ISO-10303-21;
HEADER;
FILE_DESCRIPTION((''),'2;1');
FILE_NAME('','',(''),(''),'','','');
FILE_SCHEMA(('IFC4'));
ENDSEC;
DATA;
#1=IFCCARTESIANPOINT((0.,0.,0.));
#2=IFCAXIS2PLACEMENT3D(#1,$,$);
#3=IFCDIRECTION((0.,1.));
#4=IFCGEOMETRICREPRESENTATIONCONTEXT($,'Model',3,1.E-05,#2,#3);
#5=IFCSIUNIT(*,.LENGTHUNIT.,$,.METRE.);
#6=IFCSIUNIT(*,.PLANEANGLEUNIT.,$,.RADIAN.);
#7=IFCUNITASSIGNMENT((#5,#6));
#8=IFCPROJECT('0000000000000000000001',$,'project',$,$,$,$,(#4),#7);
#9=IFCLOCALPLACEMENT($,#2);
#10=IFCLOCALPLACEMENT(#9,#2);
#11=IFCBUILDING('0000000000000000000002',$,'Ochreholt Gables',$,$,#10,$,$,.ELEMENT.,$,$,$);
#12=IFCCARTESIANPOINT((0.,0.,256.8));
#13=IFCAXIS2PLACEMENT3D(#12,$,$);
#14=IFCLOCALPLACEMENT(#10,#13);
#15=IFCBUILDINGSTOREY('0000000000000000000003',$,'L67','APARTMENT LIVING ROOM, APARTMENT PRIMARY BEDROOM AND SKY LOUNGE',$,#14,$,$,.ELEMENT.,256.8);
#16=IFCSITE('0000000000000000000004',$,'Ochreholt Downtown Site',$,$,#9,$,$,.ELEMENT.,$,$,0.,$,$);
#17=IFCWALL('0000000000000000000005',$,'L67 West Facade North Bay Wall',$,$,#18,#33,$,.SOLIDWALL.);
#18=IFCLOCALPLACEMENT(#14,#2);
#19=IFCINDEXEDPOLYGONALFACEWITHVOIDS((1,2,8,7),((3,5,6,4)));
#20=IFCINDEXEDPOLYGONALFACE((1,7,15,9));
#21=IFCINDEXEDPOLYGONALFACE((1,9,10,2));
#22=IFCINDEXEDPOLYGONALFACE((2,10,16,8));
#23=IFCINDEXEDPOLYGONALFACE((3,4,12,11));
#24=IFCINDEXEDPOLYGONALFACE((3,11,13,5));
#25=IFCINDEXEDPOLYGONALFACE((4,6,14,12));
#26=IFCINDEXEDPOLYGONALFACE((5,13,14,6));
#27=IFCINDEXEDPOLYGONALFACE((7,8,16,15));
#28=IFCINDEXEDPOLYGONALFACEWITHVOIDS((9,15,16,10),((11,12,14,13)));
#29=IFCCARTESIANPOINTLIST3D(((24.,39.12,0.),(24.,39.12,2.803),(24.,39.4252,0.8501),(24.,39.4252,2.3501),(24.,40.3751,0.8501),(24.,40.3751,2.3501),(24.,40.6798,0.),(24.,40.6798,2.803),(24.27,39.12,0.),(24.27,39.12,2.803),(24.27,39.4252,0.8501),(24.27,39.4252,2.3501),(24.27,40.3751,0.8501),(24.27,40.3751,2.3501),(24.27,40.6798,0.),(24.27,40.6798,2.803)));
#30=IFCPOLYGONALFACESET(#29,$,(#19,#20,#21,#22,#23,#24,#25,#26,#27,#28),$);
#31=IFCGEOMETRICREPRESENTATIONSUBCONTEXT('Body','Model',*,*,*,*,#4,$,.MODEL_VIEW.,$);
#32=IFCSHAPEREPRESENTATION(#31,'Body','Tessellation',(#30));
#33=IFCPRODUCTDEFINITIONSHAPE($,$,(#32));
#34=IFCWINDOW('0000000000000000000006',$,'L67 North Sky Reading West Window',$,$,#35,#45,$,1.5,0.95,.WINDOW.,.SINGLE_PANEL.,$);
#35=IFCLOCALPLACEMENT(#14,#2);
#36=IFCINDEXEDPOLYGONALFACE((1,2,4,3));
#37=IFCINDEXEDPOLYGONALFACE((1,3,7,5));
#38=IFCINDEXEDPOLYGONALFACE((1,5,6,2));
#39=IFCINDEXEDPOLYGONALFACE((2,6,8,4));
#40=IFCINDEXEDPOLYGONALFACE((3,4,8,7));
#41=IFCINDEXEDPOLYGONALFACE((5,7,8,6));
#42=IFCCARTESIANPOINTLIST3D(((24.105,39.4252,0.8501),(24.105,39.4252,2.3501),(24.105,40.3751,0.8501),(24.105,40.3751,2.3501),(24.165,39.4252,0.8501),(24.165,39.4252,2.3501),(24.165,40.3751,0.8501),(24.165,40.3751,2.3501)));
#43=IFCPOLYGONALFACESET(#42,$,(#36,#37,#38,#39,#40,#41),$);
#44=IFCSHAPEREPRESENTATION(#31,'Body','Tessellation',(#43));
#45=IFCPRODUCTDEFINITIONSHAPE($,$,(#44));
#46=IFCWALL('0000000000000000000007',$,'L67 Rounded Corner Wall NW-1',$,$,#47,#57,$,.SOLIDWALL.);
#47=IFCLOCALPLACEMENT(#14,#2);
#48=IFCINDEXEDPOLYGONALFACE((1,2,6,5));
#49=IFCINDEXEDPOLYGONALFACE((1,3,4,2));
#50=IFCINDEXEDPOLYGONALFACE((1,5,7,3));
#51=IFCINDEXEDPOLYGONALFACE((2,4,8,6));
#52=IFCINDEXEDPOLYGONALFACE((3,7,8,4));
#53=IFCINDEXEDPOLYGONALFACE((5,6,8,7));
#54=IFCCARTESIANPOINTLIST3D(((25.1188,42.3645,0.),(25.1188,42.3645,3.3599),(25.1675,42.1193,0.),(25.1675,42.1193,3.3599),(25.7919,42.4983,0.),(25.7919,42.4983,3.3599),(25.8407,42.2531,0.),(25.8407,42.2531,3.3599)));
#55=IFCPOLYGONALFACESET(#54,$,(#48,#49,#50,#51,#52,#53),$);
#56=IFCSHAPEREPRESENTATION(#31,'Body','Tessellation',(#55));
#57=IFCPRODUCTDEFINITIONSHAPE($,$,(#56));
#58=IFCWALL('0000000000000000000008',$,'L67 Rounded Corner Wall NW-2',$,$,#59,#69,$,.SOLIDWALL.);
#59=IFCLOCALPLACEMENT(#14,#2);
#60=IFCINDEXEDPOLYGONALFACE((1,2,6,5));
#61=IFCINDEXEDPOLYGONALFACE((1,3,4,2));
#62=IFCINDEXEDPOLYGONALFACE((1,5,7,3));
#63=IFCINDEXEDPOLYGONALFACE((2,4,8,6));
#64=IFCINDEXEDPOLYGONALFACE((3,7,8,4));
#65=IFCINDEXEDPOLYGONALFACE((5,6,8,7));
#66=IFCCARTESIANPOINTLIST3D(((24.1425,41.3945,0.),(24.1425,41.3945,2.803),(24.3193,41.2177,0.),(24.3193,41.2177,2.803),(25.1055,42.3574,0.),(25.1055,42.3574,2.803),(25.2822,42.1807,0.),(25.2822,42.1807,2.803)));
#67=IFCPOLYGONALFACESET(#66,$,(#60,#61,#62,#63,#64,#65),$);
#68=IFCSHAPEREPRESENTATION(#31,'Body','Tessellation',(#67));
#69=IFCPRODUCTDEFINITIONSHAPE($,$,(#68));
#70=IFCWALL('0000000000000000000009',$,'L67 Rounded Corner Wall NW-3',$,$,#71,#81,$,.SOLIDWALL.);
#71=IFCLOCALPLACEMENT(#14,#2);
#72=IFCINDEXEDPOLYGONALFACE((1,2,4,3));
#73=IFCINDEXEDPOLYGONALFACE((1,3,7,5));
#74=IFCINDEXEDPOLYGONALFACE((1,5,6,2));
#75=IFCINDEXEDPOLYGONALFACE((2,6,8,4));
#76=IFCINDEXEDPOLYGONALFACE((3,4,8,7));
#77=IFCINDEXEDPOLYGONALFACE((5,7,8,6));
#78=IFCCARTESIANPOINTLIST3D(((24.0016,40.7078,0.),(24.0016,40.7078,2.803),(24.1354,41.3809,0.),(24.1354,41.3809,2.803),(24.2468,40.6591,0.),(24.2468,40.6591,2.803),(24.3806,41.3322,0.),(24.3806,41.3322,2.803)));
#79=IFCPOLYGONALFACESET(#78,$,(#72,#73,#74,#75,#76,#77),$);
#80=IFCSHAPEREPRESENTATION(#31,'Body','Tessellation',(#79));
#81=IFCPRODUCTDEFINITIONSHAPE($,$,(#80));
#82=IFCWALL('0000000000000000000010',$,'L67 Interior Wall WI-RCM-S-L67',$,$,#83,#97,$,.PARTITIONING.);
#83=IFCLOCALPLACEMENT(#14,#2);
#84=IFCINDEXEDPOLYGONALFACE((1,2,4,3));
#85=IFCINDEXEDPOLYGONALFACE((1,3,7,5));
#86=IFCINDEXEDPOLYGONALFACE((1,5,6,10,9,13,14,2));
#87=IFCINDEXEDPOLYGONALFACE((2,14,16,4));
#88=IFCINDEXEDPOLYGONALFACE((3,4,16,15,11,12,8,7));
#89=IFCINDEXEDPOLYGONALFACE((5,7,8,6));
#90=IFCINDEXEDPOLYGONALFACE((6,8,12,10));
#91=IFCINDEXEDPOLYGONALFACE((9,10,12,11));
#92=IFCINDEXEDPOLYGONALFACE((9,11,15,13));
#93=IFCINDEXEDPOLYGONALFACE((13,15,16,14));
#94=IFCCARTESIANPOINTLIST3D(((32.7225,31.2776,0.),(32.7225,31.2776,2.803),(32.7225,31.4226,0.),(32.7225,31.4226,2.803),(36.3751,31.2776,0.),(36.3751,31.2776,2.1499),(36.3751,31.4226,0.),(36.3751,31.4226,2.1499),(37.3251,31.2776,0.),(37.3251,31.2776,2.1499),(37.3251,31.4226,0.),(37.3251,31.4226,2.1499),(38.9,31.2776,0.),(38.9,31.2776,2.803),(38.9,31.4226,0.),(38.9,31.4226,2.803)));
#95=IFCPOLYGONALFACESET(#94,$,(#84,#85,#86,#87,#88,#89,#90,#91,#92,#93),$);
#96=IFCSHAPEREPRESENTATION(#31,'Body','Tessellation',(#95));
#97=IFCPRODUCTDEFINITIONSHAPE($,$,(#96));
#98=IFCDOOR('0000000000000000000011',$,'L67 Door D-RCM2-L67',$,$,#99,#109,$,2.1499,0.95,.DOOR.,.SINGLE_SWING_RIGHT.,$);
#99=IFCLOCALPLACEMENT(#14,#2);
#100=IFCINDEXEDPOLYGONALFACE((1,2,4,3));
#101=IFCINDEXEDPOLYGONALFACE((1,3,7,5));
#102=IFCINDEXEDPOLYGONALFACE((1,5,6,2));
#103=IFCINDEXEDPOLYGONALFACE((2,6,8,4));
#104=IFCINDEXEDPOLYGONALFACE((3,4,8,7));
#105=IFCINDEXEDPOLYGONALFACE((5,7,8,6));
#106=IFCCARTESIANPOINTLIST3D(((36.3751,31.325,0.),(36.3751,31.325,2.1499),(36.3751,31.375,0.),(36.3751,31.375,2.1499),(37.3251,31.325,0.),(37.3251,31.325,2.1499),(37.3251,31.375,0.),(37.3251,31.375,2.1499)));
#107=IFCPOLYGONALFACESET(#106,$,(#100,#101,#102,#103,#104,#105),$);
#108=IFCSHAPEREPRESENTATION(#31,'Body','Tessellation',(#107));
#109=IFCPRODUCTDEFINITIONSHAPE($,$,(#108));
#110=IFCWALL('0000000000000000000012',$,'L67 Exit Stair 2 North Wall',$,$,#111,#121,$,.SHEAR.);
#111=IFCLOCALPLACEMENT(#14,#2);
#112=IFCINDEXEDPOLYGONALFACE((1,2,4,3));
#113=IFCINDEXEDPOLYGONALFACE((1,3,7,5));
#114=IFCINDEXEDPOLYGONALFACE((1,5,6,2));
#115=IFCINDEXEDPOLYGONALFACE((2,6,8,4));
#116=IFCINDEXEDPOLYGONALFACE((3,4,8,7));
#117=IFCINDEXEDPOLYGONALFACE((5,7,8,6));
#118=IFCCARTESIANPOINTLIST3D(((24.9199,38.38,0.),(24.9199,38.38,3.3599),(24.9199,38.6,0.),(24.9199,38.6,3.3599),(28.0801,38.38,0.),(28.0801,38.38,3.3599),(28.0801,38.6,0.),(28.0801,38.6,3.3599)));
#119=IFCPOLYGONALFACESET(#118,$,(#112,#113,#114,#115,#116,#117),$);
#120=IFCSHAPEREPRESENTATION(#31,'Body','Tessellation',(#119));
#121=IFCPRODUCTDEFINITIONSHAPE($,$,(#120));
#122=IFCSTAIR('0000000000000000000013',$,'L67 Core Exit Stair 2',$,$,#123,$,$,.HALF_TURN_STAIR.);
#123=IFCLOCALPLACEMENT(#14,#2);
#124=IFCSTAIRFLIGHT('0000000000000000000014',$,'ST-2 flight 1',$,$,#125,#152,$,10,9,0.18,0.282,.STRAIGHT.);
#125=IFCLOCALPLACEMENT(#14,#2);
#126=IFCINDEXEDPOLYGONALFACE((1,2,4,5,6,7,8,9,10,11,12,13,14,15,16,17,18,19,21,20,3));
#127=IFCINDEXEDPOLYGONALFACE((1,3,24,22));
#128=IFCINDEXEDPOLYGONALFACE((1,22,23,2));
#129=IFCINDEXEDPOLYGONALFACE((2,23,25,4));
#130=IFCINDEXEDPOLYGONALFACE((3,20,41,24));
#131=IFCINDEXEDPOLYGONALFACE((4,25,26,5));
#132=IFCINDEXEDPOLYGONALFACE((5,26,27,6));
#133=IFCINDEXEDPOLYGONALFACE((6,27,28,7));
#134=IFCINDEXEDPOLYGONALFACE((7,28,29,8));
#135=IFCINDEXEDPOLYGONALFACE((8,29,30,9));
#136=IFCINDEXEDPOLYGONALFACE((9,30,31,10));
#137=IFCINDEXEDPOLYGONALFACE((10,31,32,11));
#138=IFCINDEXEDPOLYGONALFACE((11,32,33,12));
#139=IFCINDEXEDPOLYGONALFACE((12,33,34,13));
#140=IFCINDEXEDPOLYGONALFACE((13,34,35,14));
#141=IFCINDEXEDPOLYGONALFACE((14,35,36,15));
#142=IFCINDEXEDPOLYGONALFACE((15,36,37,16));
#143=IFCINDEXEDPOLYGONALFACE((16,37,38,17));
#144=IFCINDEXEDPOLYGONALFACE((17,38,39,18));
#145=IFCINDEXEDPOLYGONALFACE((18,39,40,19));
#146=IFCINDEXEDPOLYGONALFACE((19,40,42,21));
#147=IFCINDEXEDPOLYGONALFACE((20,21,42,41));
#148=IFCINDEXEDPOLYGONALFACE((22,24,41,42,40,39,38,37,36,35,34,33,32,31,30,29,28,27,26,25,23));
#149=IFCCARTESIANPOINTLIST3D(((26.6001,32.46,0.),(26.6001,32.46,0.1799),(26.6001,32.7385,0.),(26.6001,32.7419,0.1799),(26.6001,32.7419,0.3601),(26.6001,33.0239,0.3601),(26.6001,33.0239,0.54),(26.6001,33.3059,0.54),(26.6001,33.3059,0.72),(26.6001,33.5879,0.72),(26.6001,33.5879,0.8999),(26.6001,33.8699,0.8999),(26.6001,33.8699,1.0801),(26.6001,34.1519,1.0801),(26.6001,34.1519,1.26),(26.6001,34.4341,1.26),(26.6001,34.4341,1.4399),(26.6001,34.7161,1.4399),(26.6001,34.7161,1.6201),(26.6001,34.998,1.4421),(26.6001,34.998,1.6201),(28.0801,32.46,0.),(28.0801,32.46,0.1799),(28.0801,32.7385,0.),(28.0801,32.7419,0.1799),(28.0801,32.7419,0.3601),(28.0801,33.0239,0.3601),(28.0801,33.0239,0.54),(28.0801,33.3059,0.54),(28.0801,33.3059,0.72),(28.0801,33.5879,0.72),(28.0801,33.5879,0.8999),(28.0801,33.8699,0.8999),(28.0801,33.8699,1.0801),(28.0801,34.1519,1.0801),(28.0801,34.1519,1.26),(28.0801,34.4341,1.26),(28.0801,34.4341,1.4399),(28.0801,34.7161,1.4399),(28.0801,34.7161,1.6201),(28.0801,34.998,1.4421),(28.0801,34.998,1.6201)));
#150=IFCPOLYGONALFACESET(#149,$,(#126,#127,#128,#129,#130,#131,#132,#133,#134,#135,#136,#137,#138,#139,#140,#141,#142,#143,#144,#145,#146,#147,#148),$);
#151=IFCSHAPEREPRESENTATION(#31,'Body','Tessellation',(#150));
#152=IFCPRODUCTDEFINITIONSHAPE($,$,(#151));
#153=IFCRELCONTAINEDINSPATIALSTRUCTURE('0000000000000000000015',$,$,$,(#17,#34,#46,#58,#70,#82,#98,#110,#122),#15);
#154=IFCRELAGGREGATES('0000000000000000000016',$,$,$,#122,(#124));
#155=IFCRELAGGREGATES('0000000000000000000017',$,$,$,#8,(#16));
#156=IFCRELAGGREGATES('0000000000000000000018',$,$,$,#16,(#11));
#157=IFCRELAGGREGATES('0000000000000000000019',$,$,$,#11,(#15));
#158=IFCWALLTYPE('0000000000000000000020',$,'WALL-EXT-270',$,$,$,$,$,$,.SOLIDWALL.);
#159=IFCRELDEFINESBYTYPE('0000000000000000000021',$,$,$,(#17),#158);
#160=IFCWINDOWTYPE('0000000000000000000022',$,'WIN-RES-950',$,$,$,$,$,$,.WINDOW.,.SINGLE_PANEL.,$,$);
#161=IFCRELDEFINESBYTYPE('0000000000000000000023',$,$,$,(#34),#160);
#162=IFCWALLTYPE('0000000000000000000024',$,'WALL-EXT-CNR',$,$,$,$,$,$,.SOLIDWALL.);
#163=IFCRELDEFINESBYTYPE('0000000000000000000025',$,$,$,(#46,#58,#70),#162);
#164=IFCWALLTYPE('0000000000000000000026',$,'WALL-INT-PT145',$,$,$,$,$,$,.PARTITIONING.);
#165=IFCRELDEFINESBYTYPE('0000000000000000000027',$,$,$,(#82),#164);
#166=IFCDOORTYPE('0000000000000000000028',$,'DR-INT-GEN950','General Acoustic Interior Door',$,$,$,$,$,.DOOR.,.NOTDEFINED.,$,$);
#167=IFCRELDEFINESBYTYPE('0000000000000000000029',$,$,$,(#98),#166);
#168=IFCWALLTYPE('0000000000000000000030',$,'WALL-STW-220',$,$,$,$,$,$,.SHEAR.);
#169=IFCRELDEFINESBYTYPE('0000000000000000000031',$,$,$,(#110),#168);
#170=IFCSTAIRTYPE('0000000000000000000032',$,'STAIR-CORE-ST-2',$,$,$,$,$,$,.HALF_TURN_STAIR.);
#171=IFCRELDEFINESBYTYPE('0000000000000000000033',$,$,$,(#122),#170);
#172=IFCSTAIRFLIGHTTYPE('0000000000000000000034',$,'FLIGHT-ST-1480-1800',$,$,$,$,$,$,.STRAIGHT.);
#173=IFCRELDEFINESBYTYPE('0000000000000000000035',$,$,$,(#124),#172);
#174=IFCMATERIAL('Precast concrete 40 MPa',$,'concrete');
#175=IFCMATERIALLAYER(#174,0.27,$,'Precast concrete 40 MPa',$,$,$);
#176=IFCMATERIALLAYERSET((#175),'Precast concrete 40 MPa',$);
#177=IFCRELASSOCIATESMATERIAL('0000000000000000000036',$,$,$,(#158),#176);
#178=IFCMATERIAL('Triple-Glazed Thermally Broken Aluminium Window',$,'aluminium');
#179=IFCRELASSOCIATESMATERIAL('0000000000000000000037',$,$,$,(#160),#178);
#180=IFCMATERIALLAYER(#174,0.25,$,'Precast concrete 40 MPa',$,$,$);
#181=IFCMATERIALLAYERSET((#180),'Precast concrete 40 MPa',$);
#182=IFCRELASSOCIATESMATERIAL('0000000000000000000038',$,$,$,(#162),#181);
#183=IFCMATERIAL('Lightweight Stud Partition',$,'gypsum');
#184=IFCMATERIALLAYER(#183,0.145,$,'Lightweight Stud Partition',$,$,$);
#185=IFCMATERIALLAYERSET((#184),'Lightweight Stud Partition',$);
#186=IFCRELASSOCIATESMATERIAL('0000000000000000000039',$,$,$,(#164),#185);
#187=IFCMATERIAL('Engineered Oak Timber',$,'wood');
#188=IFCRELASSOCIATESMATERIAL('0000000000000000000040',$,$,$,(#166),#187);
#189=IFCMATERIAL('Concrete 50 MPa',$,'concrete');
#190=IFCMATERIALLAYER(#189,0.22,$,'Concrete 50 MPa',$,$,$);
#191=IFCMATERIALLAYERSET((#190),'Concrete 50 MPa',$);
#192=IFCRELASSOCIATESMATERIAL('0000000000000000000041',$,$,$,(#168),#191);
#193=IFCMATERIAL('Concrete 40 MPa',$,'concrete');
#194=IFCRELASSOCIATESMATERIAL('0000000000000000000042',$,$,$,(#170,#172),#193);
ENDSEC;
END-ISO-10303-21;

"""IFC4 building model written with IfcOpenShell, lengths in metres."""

from ifc_helpers import new_model, si_unit, direction, frame, frame_2d, origin, place, context, subcontext, project, spatial, polyline, rectangle, outline, extrude, material, layer, layer_set, type_object, element, fill, aggregate, save


model = new_model("IFC4")

# Units and contexts
model_context = context("Model", 3, precision=1e-05, world=origin(), true_north=direction((0.0, 1.0)))
body_context = subcontext(model_context, "Body", "Model", "MODEL_VIEW")
ifc_project = project(units=[si_unit("LENGTHUNIT", "METRE"), si_unit("PLANEANGLEUNIT", "RADIAN")], contexts=[model_context])

# Site, building, storey
site_placement = place(None, origin())
site = spatial("IfcSite", under=ifc_project, at=site_placement, Name="Ochreholt Downtown Site", CompositionType="ELEMENT", RefElevation=0.0)
building_placement = place(site_placement, origin())
building = spatial("IfcBuilding", under=site, at=building_placement, Name="Ochreholt Gables", CompositionType="ELEMENT")
storey_placement = place(building_placement, frame((0.0, 0.0, 256.8)))
storey = spatial("IfcBuildingStorey", under=building, at=storey_placement, Name="L67", Description="APARTMENT LIVING ROOM, APARTMENT PRIMARY BEDROOM AND SKY LOUNGE", CompositionType="ELEMENT", Elevation=256.8)

# Shared definitions
ifc_material_1 = material(Name="Concrete 50 MPa", Category="concrete")

# Wall, opening, window
ifc_material_2 = material(Name="Precast concrete 40 MPa", Category="concrete")
ifc_layer_1 = layer(ifc_material_2, 0.27, Name="Precast concrete 40 MPa")
ifc_layer_set_1 = layer_set([ifc_layer_1], Name="Precast concrete 40 MPa")
wall_type_1 = type_object("IfcWallType", Name="WALL-EXT-270", PredefinedType="SOLIDWALL", material=ifc_layer_set_1)
wall_1_placement = place(storey_placement, frame((24.135, 39.1201, 0.0), z_axis=(0.0, 0.0, 1.0), x_axis=(0.0, 1.0, 0.0)))
wall_1 = element("IfcWall", 1, at=wall_1_placement, inside=storey, type_object=wall_type_1, Name="L67 West Facade North Bay Wall", PredefinedType="SOLIDWALL", context=body_context, shape_type="SweptSolid", body=[
    extrude(rectangle(XDim=1.5598, YDim=0.27, at=frame_2d((0.7798, 0.0))), origin(), (0.0, 0.0, 1.0), 2.803),
])
opening_1_placement = place(wall_1_placement, frame((0.3049, 0.0, 0.8501)))
opening_1 = element("IfcOpeningElement", 2, at=opening_1_placement, cuts=wall_1, PredefinedType="OPENING", context=body_context, shape_type="SweptSolid", body=[
    extrude(rectangle(XDim=0.95, YDim=1.5, at=frame_2d((0.4751, 0.75))), frame((0.0, 0.145, 0.0), z_axis=(0.0, -1.0, 0.0), x_axis=(1.0, 0.0, 0.0)), (0.0, 0.0, 1.0), 0.29),
])
ifc_material_3 = material(Name="Triple-Glazed Thermally Broken Aluminium Window", Category="aluminium")
window_type = type_object("IfcWindowType", Name="WIN-RES-950", PartitioningType="SINGLE_PANEL", PredefinedType="WINDOW", material=ifc_material_3)
window_placement = place(opening_1_placement, origin())
window = element("IfcWindow", 3, at=window_placement, inside=storey, type_object=window_type, Name="L67 North Sky Reading West Window", OverallHeight=1.5, OverallWidth=0.95, PartitioningType="SINGLE_PANEL", PredefinedType="WINDOW", context=body_context, shape_type="SweptSolid", body=[
    extrude(rectangle(XDim=0.95, YDim=1.5, at=frame_2d((0.4751, 0.75))), frame((0.0, 0.03, 0.0), z_axis=(0.0, -1.0, 0.0), x_axis=(1.0, 0.0, 0.0)), (0.0, 0.0, 1.0), 0.0601),
])
fill(opening_1, window)

# Walls
ifc_layer_2 = layer(ifc_material_2, 0.25, Name="Precast concrete 40 MPa")
ifc_layer_set_2 = layer_set([ifc_layer_2], Name="Precast concrete 40 MPa")
wall_type_2 = type_object("IfcWallType", Name="WALL-EXT-CNR", PredefinedType="SOLIDWALL", material=ifc_layer_set_2)
wall_2_placement = place(storey_placement, frame((25.8164, 42.3757, 0.0), z_axis=(0.0, 0.0, 1.0), x_axis=(-0.980813, -0.194953, 0.0)))
element("IfcWall", 4, at=wall_2_placement, inside=storey, type_object=wall_type_2, Name="L67 Rounded Corner Wall NW-1", PredefinedType="SOLIDWALL", context=body_context, shape_type="SweptSolid", body=[
    extrude(rectangle(XDim=0.6863, YDim=0.25, at=frame_2d((0.3433, 0.0))), origin(), (0.0, 0.0, 1.0), 3.3599),
])
wall_3_placement = place(storey_placement, frame((25.1938, 42.269, 0.0), z_axis=(0.0, 0.0, 1.0), x_axis=(-0.707107, -0.707107, 0.0)))
element("IfcWall", 5, at=wall_3_placement, inside=storey, type_object=wall_type_2, Name="L67 Rounded Corner Wall NW-2", PredefinedType="SOLIDWALL", context=body_context, shape_type="SweptSolid", body=[
    extrude(rectangle(XDim=1.3618, YDim=0.25, at=frame_2d((0.6809, 0.0))), origin(), (0.0, 0.0, 1.0), 2.803),
])
wall_4_placement = place(storey_placement, frame((24.2581, 41.3567, 0.0), z_axis=(0.0, 0.0, 1.0), x_axis=(-0.194953, -0.980813, 0.0)))
element("IfcWall", 6, at=wall_4_placement, inside=storey, type_object=wall_type_2, Name="L67 Rounded Corner Wall NW-3", PredefinedType="SOLIDWALL", context=body_context, shape_type="SweptSolid", body=[
    extrude(rectangle(XDim=0.6863, YDim=0.25, at=frame_2d((0.3433, 0.0))), origin(), (0.0, 0.0, 1.0), 2.803),
])

# Wall, opening, door
ifc_material_4 = material(Name="Lightweight Stud Partition", Category="gypsum")
ifc_layer_3 = layer(ifc_material_4, 0.145, Name="Lightweight Stud Partition")
ifc_layer_set_3 = layer_set([ifc_layer_3], Name="Lightweight Stud Partition")
wall_type_3 = type_object("IfcWallType", Name="WALL-INT-PT145", PredefinedType="PARTITIONING", material=ifc_layer_set_3)
wall_5_placement = place(storey_placement, frame((32.7224, 31.3501, 0.0), z_axis=(0.0, 0.0, 1.0), x_axis=(1.0, 0.0, 0.0)))
wall_5 = element("IfcWall", 7, at=wall_5_placement, inside=storey, type_object=wall_type_3, Name="L67 Interior Wall WI-RCM-S-L67", PredefinedType="PARTITIONING", context=body_context, shape_type="SweptSolid", body=[
    extrude(rectangle(XDim=6.1775, YDim=0.145, at=frame_2d((3.0889, 0.0))), origin(), (0.0, 0.0, 1.0), 2.803),
])
opening_2_placement = place(wall_5_placement, frame((3.6526, 0.0, 0.0)))
opening_2 = element("IfcOpeningElement", 8, at=opening_2_placement, cuts=wall_5, PredefinedType="OPENING", context=body_context, shape_type="SweptSolid", body=[
    extrude(rectangle(XDim=0.95, YDim=2.1499, at=frame_2d((0.4751, 1.075))), frame((0.0, 0.0825, 0.0), z_axis=(0.0, -1.0, 0.0), x_axis=(1.0, 0.0, 0.0)), (0.0, 0.0, 1.0), 0.165),
])
ifc_material_5 = material(Name="Engineered Oak Timber", Category="wood")
door_type_1 = type_object("IfcDoorType", Name="DR-INT-GEN950", Description="General Acoustic Interior Door", OperationType="NOTDEFINED", PredefinedType="DOOR", material=ifc_material_5)
door_1_placement = place(opening_2_placement, origin())
door_1 = element("IfcDoor", 9, at=door_1_placement, inside=storey, type_object=door_type_1, Name="L67 Door D-RCM2-L67", OperationType="SINGLE_SWING_RIGHT", OverallHeight=2.1499, OverallWidth=0.95, PredefinedType="DOOR", context=body_context, shape_type="SweptSolid", body=[
    extrude(rectangle(XDim=0.95, YDim=2.1499, at=frame_2d((0.4751, 1.075))), frame((0.0, 0.0249, 0.0), z_axis=(0.0, -1.0, 0.0), x_axis=(1.0, 0.0, 0.0)), (0.0, 0.0, 1.0), 0.05),
])
fill(opening_2, door_1)

# Wall
ifc_layer_4 = layer(ifc_material_1, 0.22, Name="Concrete 50 MPa")
ifc_layer_set_4 = layer_set([ifc_layer_4], Name="Concrete 50 MPa")
wall_type_4 = type_object("IfcWallType", Name="WALL-STW-220", PredefinedType="SHEAR", material=ifc_layer_set_4)
wall_6_placement = place(storey_placement, frame((24.9199, 38.49, 0.0), z_axis=(0.0, 0.0, 1.0), x_axis=(1.0, 0.0, 0.0)))
element("IfcWall", 10, at=wall_6_placement, inside=storey, type_object=wall_type_4, Name="L67 Exit Stair 2 North Wall", PredefinedType="SHEAR", context=body_context, shape_type="SweptSolid", body=[
    extrude(rectangle(XDim=3.1602, YDim=0.22, at=frame_2d((1.5801, 0.0))), origin(), (0.0, 0.0, 1.0), 3.3599),
])

# Stair, stair flight
ifc_material_6 = material(Name="Concrete 40 MPa", Category="concrete")
stair_type = type_object("IfcStairType", Name="STAIR-CORE-ST-2", PredefinedType="HALF_TURN_STAIR", material=ifc_material_6)
stair_placement = place(storey_placement, origin())
stair = element("IfcStair", 11, at=stair_placement, inside=storey, type_object=stair_type, Name="L67 Core Exit Stair 2", PredefinedType="HALF_TURN_STAIR")
stair_flight_type = type_object("IfcStairFlightType", Name="FLIGHT-ST-1480-1800", PredefinedType="STRAIGHT", material=ifc_material_6)
stair_flight_1_placement = place(storey_placement, frame((27.3401, 32.46, 0.0), z_axis=(0.0, 0.0, 1.0), x_axis=(0.0, 1.0, 0.0)))
stair_flight_1 = element("IfcStairFlight", 12, at=stair_flight_1_placement, type_object=stair_flight_type, Name="ST-2 flight 1", NumberOfRisers=10, NumberOfTreads=9, PredefinedType="STRAIGHT", RiserHeight=0.18, TreadLength=0.282, context=body_context, shape_type="SweptSolid", body=[
    extrude(outline(polyline([(0.0, 0.0), (0.0, 0.1799), (0.282, 0.1799), (0.282, 0.3601), (0.564, 0.3601), (0.564, 0.54), (0.8459, 0.54), (0.8459, 0.72), (1.1279, 0.72), (1.1279, 0.8999), (1.4099, 0.8999), (1.4099, 1.0801), (1.6919, 1.0801), (1.6919, 1.26), (1.9741, 1.26), (1.9741, 1.4399), (2.2561, 1.4399), (2.2561, 1.6201), (2.5381, 1.6201), (2.5381, 1.8), (2.5381, 1.4421), (0.2786, 0.0), (0.0, 0.0)])), frame((0.0, 0.74, 0.0), z_axis=(0.0, -1.0, 0.0), x_axis=(1.0, 0.0, 0.0)), (0.0, 0.0, 1.0), 1.48),
])
aggregate(stair, [stair_flight_1])

save(model, "model.ifc")
